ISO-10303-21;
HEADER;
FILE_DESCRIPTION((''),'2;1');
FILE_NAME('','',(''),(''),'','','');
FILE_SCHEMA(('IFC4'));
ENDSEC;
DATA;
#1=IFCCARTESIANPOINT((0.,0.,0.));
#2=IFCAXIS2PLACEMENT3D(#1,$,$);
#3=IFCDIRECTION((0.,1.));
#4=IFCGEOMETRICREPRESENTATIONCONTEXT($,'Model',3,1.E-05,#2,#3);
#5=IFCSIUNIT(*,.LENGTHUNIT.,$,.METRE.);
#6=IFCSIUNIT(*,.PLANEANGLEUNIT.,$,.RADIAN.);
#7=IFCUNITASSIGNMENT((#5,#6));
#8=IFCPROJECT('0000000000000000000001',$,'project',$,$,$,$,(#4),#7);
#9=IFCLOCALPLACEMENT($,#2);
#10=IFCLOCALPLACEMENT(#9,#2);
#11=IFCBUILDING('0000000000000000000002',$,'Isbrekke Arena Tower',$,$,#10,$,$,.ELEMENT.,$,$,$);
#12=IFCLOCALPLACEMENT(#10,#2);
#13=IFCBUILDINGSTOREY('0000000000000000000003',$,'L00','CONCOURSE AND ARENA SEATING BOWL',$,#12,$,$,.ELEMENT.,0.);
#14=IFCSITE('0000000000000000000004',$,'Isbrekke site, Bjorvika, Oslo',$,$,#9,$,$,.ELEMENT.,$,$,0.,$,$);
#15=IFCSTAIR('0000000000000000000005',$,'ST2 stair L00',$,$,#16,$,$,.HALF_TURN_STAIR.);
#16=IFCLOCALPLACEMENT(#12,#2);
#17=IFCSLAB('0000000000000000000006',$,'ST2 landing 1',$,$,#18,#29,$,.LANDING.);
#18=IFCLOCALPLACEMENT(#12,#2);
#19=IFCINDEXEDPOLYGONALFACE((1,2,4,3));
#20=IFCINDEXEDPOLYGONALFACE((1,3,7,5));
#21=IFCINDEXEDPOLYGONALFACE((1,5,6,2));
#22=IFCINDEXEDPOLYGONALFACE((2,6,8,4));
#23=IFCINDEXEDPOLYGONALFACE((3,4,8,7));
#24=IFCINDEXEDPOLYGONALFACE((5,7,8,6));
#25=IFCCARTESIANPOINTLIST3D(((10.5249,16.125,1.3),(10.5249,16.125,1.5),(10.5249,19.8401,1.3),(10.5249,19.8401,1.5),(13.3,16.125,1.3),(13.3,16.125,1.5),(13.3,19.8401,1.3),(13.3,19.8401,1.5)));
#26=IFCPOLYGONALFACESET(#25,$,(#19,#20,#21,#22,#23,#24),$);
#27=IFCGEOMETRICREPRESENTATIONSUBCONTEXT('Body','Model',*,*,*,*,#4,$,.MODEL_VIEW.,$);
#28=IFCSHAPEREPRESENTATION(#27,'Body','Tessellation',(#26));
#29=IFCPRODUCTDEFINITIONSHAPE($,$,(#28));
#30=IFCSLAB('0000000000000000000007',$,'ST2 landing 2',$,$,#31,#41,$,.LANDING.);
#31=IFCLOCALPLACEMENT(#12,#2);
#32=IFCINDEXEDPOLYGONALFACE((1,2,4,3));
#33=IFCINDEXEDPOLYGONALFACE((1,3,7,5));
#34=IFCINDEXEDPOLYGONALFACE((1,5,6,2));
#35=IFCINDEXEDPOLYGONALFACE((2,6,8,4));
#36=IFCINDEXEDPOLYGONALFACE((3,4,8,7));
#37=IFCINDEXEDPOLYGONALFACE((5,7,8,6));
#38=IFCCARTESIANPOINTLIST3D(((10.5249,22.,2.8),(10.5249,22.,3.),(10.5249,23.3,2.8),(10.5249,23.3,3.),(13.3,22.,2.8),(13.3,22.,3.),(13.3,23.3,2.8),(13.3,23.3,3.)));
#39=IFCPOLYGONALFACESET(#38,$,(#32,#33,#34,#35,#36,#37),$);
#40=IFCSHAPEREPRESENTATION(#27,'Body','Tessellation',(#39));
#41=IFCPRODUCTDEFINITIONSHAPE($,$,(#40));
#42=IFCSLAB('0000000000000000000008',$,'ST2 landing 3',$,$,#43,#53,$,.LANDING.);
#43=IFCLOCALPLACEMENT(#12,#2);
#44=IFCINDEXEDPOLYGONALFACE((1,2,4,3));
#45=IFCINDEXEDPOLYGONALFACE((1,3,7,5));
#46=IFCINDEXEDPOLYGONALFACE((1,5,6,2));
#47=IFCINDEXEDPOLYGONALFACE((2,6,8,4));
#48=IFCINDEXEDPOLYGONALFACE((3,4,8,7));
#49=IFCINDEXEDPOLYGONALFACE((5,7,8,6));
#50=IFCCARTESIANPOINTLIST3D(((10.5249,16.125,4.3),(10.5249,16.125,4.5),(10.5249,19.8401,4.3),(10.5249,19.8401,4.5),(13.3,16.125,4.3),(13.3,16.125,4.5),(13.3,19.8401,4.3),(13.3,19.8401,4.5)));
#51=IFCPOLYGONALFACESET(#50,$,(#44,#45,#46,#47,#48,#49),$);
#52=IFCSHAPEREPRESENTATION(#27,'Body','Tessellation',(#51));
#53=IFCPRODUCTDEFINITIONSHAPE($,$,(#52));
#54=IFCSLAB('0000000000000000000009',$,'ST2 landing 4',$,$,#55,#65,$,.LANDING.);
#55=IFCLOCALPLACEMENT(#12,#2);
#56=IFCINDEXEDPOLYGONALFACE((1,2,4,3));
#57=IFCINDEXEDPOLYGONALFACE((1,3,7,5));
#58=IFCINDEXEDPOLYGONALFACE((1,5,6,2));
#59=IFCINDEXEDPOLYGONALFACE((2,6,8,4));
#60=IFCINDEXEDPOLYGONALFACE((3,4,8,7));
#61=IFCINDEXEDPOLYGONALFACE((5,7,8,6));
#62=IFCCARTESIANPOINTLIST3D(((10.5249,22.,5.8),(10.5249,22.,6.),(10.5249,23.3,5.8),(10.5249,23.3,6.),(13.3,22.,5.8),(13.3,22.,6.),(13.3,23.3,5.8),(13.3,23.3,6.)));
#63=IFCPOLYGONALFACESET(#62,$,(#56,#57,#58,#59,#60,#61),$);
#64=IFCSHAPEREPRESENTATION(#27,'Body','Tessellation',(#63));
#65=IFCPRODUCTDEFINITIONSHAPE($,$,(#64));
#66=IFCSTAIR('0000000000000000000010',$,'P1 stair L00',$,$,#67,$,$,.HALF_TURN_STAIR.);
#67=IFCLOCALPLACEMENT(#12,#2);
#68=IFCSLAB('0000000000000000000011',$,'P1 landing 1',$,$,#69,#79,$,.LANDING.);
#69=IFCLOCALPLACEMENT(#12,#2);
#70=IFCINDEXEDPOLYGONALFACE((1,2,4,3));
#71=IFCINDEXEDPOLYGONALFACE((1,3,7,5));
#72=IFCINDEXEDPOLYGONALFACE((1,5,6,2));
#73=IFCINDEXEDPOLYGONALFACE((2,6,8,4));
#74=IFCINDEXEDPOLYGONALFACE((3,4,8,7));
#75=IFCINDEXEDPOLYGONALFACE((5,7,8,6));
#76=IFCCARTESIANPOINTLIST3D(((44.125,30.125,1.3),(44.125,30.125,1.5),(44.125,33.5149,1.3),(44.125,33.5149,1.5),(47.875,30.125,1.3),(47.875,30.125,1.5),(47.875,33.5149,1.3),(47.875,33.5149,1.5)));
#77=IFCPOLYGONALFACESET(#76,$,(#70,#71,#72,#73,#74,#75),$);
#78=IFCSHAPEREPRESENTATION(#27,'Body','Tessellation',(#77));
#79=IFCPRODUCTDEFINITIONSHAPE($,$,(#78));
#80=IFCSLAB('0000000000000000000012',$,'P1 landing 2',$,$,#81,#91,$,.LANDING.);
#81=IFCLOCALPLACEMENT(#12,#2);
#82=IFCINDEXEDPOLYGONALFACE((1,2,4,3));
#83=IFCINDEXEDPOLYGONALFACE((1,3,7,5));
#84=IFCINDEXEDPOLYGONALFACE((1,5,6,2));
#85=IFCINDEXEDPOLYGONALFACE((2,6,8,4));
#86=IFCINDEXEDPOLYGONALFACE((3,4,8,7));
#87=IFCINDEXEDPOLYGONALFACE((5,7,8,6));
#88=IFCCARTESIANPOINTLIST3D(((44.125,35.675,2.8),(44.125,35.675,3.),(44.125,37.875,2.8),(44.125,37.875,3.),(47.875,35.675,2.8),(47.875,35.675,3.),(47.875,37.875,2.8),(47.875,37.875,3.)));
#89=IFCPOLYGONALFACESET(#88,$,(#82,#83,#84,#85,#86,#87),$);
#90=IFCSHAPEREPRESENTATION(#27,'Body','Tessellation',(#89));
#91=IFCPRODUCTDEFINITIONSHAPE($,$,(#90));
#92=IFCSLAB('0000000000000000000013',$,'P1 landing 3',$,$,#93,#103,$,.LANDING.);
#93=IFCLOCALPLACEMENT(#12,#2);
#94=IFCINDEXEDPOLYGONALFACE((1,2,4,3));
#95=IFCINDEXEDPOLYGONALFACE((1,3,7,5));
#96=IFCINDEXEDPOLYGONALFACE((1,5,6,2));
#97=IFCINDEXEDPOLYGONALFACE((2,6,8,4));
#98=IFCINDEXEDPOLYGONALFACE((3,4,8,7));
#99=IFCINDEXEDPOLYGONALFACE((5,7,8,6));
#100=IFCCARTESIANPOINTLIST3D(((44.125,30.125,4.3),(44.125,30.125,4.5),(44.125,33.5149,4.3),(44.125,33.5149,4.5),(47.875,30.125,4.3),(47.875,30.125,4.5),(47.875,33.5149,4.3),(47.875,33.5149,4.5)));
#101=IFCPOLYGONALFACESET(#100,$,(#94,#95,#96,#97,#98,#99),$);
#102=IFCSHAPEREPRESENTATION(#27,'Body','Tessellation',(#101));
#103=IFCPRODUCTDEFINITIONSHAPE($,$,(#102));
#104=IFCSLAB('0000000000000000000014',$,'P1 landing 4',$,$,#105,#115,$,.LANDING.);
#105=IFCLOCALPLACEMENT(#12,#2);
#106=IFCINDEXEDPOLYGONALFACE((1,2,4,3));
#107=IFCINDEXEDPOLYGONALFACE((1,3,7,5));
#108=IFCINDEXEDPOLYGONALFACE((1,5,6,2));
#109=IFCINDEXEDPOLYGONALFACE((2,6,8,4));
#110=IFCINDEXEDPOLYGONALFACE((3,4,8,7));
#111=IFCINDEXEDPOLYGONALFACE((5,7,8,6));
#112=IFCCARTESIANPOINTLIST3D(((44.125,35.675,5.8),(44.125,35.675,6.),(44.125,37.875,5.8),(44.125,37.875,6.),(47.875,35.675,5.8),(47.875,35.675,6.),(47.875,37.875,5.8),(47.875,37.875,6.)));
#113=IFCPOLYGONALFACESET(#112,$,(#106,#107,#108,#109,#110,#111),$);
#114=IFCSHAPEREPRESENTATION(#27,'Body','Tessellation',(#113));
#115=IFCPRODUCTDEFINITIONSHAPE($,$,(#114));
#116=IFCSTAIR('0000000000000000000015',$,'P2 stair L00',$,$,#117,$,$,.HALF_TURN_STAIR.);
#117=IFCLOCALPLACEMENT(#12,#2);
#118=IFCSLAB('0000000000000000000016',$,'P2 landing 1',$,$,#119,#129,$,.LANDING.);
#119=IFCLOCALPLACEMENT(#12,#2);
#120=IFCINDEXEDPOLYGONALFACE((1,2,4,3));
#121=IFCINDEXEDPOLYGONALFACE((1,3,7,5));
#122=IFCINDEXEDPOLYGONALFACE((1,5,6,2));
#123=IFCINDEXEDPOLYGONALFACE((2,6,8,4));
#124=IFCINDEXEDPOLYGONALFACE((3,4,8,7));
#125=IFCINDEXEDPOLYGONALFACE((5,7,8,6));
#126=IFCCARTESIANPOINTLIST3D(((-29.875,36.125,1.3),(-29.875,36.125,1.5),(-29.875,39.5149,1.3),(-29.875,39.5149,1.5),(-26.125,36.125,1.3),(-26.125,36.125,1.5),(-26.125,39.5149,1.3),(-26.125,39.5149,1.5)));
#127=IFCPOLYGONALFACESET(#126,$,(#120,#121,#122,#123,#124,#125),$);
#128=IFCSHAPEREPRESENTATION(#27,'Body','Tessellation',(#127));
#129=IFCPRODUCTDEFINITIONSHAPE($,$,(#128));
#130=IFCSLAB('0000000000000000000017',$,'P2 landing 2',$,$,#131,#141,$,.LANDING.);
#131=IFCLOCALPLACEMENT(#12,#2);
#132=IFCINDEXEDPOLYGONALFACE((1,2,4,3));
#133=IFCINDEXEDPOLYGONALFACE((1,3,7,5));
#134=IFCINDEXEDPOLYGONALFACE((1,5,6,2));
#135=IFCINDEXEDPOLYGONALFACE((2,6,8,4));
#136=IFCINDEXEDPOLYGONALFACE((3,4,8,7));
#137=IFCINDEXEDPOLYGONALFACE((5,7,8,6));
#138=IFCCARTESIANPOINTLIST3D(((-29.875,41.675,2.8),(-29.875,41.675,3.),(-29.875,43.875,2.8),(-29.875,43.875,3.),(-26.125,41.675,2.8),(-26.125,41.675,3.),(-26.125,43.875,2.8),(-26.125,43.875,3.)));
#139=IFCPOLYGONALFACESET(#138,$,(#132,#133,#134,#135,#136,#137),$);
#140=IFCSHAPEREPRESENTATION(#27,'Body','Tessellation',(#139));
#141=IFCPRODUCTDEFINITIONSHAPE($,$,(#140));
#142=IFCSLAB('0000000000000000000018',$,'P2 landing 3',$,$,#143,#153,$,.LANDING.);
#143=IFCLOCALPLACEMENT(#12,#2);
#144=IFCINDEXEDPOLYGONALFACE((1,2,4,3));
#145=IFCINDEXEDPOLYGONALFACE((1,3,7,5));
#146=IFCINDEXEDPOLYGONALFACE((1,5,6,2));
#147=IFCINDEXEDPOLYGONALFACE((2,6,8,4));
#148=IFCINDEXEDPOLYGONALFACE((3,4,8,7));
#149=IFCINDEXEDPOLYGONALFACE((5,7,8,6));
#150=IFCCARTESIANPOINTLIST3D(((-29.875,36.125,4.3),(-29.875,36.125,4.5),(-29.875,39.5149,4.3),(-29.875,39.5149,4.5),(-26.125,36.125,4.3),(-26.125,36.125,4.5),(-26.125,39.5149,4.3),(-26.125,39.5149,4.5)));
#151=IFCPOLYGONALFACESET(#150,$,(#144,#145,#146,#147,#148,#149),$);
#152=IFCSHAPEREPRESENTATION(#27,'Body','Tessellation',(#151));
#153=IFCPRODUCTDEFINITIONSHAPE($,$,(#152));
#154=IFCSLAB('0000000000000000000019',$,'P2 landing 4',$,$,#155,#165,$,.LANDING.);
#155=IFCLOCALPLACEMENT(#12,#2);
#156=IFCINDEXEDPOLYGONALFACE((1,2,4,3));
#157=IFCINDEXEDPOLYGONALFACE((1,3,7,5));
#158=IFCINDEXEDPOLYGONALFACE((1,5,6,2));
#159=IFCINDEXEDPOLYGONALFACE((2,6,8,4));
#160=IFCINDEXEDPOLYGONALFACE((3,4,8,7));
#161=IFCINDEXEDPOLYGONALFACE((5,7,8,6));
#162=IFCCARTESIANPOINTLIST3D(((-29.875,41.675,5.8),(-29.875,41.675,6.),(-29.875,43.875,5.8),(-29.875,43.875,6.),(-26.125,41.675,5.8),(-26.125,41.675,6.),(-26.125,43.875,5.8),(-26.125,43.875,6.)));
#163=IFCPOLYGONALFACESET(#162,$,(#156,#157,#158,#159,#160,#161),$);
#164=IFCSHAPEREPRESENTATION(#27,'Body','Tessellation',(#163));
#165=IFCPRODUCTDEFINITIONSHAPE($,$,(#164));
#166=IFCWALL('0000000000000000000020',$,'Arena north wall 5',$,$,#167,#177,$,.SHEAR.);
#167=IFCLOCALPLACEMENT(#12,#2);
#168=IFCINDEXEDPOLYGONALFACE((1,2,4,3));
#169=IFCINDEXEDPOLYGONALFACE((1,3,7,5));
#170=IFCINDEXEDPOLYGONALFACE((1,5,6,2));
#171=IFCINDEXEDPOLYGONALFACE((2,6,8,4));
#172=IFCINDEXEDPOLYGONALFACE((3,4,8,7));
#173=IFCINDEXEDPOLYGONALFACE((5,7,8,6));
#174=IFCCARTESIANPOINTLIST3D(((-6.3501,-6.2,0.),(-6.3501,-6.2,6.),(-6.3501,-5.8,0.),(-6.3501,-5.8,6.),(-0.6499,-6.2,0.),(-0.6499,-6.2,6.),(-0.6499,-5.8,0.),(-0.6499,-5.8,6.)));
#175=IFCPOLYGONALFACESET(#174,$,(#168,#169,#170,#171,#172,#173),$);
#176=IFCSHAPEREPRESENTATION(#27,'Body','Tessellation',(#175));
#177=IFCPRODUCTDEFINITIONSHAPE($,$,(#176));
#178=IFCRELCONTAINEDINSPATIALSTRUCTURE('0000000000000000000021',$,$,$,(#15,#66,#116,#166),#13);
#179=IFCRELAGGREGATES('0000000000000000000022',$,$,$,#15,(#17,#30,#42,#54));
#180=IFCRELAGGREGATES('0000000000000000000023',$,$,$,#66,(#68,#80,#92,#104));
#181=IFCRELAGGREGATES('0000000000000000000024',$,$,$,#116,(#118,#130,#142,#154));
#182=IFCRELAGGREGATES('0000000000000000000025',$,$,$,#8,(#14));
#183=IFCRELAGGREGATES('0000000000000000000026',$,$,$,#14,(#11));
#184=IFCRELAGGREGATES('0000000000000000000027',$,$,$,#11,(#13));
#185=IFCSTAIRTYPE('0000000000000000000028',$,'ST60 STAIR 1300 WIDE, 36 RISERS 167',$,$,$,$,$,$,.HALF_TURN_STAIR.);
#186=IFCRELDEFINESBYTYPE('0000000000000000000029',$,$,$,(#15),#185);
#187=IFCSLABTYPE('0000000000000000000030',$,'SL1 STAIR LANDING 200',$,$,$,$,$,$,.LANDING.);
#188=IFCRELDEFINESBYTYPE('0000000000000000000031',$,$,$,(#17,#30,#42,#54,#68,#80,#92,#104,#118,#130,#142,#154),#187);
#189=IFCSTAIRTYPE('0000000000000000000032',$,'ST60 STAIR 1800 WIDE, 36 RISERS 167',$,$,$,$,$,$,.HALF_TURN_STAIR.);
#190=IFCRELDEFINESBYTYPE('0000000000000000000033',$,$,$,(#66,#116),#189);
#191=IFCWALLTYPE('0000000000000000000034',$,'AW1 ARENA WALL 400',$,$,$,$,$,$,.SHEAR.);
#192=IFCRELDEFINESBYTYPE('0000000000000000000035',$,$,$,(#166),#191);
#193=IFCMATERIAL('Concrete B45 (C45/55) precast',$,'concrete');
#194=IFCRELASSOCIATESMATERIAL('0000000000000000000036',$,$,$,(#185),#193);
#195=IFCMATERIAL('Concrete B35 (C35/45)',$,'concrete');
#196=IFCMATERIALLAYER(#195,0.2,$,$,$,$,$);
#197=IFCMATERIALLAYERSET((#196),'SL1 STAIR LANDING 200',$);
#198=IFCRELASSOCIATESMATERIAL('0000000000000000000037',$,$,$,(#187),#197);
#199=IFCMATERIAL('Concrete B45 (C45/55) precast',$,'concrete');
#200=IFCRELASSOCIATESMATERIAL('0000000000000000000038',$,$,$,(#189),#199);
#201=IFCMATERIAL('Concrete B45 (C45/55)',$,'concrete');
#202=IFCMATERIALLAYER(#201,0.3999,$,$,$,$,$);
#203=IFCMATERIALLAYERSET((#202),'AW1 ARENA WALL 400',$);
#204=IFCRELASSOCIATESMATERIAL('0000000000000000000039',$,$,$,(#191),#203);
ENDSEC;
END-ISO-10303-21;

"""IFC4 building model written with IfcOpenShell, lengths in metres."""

from ifc_helpers import new_model, si_unit, direction, frame, frame_2d, origin, place, context, subcontext, project, spatial, polyline, rectangle, outline, extrude, material, layer, layer_set, type_object, element, aggregate, save


model = new_model("IFC4")

# Units and contexts
model_context = context("Model", 3, precision=1e-05, world=origin(), true_north=direction((0.0, 1.0)))
body_context = subcontext(model_context, "Body", "Model", "MODEL_VIEW")
ifc_project = project(units=[si_unit("LENGTHUNIT", "METRE"), si_unit("PLANEANGLEUNIT", "RADIAN")], contexts=[model_context])

# Site, building, storey
site_placement = place(None, origin())
site = spatial("IfcSite", under=ifc_project, at=site_placement, Name="Isbrekke site, Bjorvika, Oslo", CompositionType="ELEMENT", RefElevation=0.0)
building_placement = place(site_placement, origin())
building = spatial("IfcBuilding", under=site, at=building_placement, Name="Isbrekke Arena Tower", CompositionType="ELEMENT")
storey_placement = place(building_placement, origin())
storey = spatial("IfcBuildingStorey", under=building, at=storey_placement, Name="L00", Description="CONCOURSE AND ARENA SEATING BOWL", CompositionType="ELEMENT", Elevation=0.0)

# Stairs, slabs
ifc_material_1 = material(Name="Concrete B45 (C45/55) precast", Category="concrete")
stair_type_1 = type_object("IfcStairType", Name="ST60 STAIR 1300 WIDE, 36 RISERS 167", PredefinedType="HALF_TURN_STAIR", material=ifc_material_1)
ifc_material_2 = material(Name="Concrete B35 (C35/45)", Category="concrete")
ifc_layer_1 = layer(ifc_material_2, 0.2)
ifc_layer_set_1 = layer_set([ifc_layer_1], Name="SL1 STAIR LANDING 200")
slab_type_1 = type_object("IfcSlabType", Name="SL1 STAIR LANDING 200", PredefinedType="LANDING", material=ifc_layer_set_1)
stair_1_placement = place(storey_placement, origin())
stair_1 = element("IfcStair", 1, at=stair_1_placement, inside=storey, type_object=stair_type_1, Name="ST2 stair L00", PredefinedType="HALF_TURN_STAIR")
slab_1_placement = place(storey_placement, frame((0.0, 0.0, 1.3)))
slab_1 = element("IfcSlab", 2, at=slab_1_placement, type_object=slab_type_1, Name="ST2 landing 1", PredefinedType="LANDING", context=body_context, shape_type="SweptSolid", body=[
    extrude(outline(polyline([(10.5249, 16.125), (13.3, 16.125), (13.3, 19.8401), (10.5249, 19.8401), (10.5249, 16.125)])), origin(), (0.0, 0.0, 1.0), 0.2),
])
slab_2_placement = place(storey_placement, frame((0.0, 0.0, 2.8)))
slab_2 = element("IfcSlab", 3, at=slab_2_placement, type_object=slab_type_1, Name="ST2 landing 2", PredefinedType="LANDING", context=body_context, shape_type="SweptSolid", body=[
    extrude(outline(polyline([(10.5249, 22.0), (13.3, 22.0), (13.3, 23.3), (10.5249, 23.3), (10.5249, 22.0)])), origin(), (0.0, 0.0, 1.0), 0.2),
])
slab_3_placement = place(storey_placement, frame((0.0, 0.0, 4.3)))
slab_3 = element("IfcSlab", 4, at=slab_3_placement, type_object=slab_type_1, Name="ST2 landing 3", PredefinedType="LANDING", context=body_context, shape_type="SweptSolid", body=[
    extrude(outline(polyline([(10.5249, 16.125), (13.3, 16.125), (13.3, 19.8401), (10.5249, 19.8401), (10.5249, 16.125)])), origin(), (0.0, 0.0, 1.0), 0.2),
])
slab_4_placement = place(storey_placement, frame((0.0, 0.0, 5.8)))
slab_4 = element("IfcSlab", 5, at=slab_4_placement, type_object=slab_type_1, Name="ST2 landing 4", PredefinedType="LANDING", context=body_context, shape_type="SweptSolid", body=[
    extrude(outline(polyline([(10.5249, 22.0), (13.3, 22.0), (13.3, 23.3), (10.5249, 23.3), (10.5249, 22.0)])), origin(), (0.0, 0.0, 1.0), 0.2),
])
aggregate(stair_1, [slab_1, slab_2, slab_3, slab_4])
ifc_material_3 = material(Name="Concrete B45 (C45/55) precast", Category="concrete")
stair_type_2 = type_object("IfcStairType", Name="ST60 STAIR 1800 WIDE, 36 RISERS 167", PredefinedType="HALF_TURN_STAIR", material=ifc_material_3)
stair_2_placement = place(storey_placement, origin())
stair_2 = element("IfcStair", 6, at=stair_2_placement, inside=storey, type_object=stair_type_2, Name="P1 stair L00", PredefinedType="HALF_TURN_STAIR")
slab_5_placement = place(storey_placement, frame((0.0, 0.0, 1.3)))
slab_5 = element("IfcSlab", 7, at=slab_5_placement, type_object=slab_type_1, Name="P1 landing 1", PredefinedType="LANDING", context=body_context, shape_type="SweptSolid", body=[
    extrude(outline(polyline([(44.125, 30.125), (47.875, 30.125), (47.875, 33.5149), (44.125, 33.5149), (44.125, 30.125)])), origin(), (0.0, 0.0, 1.0), 0.2),
])
slab_6_placement = place(storey_placement, frame((0.0, 0.0, 2.8)))
slab_6 = element("IfcSlab", 8, at=slab_6_placement, type_object=slab_type_1, Name="P1 landing 2", PredefinedType="LANDING", context=body_context, shape_type="SweptSolid", body=[
    extrude(outline(polyline([(44.125, 35.675), (47.875, 35.675), (47.875, 37.875), (44.125, 37.875), (44.125, 35.675)])), origin(), (0.0, 0.0, 1.0), 0.2),
])
slab_7_placement = place(storey_placement, frame((0.0, 0.0, 4.3)))
slab_7 = element("IfcSlab", 9, at=slab_7_placement, type_object=slab_type_1, Name="P1 landing 3", PredefinedType="LANDING", context=body_context, shape_type="SweptSolid", body=[
    extrude(outline(polyline([(44.125, 30.125), (47.875, 30.125), (47.875, 33.5149), (44.125, 33.5149), (44.125, 30.125)])), origin(), (0.0, 0.0, 1.0), 0.2),
])
slab_8_placement = place(storey_placement, frame((0.0, 0.0, 5.8)))
slab_8 = element("IfcSlab", 10, at=slab_8_placement, type_object=slab_type_1, Name="P1 landing 4", PredefinedType="LANDING", context=body_context, shape_type="SweptSolid", body=[
    extrude(outline(polyline([(44.125, 35.675), (47.875, 35.675), (47.875, 37.875), (44.125, 37.875), (44.125, 35.675)])), origin(), (0.0, 0.0, 1.0), 0.2),
])
aggregate(stair_2, [slab_5, slab_6, slab_7, slab_8])
stair_3_placement = place(storey_placement, origin())
stair_3 = element("IfcStair", 11, at=stair_3_placement, inside=storey, type_object=stair_type_2, Name="P2 stair L00", PredefinedType="HALF_TURN_STAIR")
slab_9_placement = place(storey_placement, frame((0.0, 0.0, 1.3)))
slab_9 = element("IfcSlab", 12, at=slab_9_placement, type_object=slab_type_1, Name="P2 landing 1", PredefinedType="LANDING", context=body_context, shape_type="SweptSolid", body=[
    extrude(outline(polyline([(-29.875, 36.125), (-26.125, 36.125), (-26.125, 39.5149), (-29.875, 39.5149), (-29.875, 36.125)])), origin(), (0.0, 0.0, 1.0), 0.2),
])
slab_10_placement = place(storey_placement, frame((0.0, 0.0, 2.8)))
slab_10 = element("IfcSlab", 13, at=slab_10_placement, type_object=slab_type_1, Name="P2 landing 2", PredefinedType="LANDING", context=body_context, shape_type="SweptSolid", body=[
    extrude(outline(polyline([(-29.875, 41.675), (-26.125, 41.675), (-26.125, 43.875), (-29.875, 43.875), (-29.875, 41.675)])), origin(), (0.0, 0.0, 1.0), 0.2),
])
slab_11_placement = place(storey_placement, frame((0.0, 0.0, 4.3)))
slab_11 = element("IfcSlab", 14, at=slab_11_placement, type_object=slab_type_1, Name="P2 landing 3", PredefinedType="LANDING", context=body_context, shape_type="SweptSolid", body=[
    extrude(outline(polyline([(-29.875, 36.125), (-26.125, 36.125), (-26.125, 39.5149), (-29.875, 39.5149), (-29.875, 36.125)])), origin(), (0.0, 0.0, 1.0), 0.2),
])
slab_12_placement = place(storey_placement, frame((0.0, 0.0, 5.8)))
slab_12 = element("IfcSlab", 15, at=slab_12_placement, type_object=slab_type_1, Name="P2 landing 4", PredefinedType="LANDING", context=body_context, shape_type="SweptSolid", body=[
    extrude(outline(polyline([(-29.875, 41.675), (-26.125, 41.675), (-26.125, 43.875), (-29.875, 43.875), (-29.875, 41.675)])), origin(), (0.0, 0.0, 1.0), 0.2),
])
aggregate(stair_3, [slab_9, slab_10, slab_11, slab_12])

# Wall
ifc_material_4 = material(Name="Concrete B45 (C45/55)", Category="concrete")
ifc_layer_2 = layer(ifc_material_4, 0.3999)
ifc_layer_set_2 = layer_set([ifc_layer_2], Name="AW1 ARENA WALL 400")
wall_type = type_object("IfcWallType", Name="AW1 ARENA WALL 400", PredefinedType="SHEAR", material=ifc_layer_set_2)
wall_placement = place(storey_placement, frame((-6.3501, -6.0, 0.0), z_axis=(0.0, 0.0, 1.0), x_axis=(1.0, 0.0, 0.0)))
element("IfcWall", 16, at=wall_placement, inside=storey, type_object=wall_type, Name="Arena north wall 5", PredefinedType="SHEAR", context=body_context, shape_type="SweptSolid", body=[
    extrude(rectangle(XDim=5.7002, YDim=0.3999, at=frame_2d((2.8501, 0.0))), origin(), (0.0, 0.0, 1.0), 6.0),
])

save(model, "model.ifc")
